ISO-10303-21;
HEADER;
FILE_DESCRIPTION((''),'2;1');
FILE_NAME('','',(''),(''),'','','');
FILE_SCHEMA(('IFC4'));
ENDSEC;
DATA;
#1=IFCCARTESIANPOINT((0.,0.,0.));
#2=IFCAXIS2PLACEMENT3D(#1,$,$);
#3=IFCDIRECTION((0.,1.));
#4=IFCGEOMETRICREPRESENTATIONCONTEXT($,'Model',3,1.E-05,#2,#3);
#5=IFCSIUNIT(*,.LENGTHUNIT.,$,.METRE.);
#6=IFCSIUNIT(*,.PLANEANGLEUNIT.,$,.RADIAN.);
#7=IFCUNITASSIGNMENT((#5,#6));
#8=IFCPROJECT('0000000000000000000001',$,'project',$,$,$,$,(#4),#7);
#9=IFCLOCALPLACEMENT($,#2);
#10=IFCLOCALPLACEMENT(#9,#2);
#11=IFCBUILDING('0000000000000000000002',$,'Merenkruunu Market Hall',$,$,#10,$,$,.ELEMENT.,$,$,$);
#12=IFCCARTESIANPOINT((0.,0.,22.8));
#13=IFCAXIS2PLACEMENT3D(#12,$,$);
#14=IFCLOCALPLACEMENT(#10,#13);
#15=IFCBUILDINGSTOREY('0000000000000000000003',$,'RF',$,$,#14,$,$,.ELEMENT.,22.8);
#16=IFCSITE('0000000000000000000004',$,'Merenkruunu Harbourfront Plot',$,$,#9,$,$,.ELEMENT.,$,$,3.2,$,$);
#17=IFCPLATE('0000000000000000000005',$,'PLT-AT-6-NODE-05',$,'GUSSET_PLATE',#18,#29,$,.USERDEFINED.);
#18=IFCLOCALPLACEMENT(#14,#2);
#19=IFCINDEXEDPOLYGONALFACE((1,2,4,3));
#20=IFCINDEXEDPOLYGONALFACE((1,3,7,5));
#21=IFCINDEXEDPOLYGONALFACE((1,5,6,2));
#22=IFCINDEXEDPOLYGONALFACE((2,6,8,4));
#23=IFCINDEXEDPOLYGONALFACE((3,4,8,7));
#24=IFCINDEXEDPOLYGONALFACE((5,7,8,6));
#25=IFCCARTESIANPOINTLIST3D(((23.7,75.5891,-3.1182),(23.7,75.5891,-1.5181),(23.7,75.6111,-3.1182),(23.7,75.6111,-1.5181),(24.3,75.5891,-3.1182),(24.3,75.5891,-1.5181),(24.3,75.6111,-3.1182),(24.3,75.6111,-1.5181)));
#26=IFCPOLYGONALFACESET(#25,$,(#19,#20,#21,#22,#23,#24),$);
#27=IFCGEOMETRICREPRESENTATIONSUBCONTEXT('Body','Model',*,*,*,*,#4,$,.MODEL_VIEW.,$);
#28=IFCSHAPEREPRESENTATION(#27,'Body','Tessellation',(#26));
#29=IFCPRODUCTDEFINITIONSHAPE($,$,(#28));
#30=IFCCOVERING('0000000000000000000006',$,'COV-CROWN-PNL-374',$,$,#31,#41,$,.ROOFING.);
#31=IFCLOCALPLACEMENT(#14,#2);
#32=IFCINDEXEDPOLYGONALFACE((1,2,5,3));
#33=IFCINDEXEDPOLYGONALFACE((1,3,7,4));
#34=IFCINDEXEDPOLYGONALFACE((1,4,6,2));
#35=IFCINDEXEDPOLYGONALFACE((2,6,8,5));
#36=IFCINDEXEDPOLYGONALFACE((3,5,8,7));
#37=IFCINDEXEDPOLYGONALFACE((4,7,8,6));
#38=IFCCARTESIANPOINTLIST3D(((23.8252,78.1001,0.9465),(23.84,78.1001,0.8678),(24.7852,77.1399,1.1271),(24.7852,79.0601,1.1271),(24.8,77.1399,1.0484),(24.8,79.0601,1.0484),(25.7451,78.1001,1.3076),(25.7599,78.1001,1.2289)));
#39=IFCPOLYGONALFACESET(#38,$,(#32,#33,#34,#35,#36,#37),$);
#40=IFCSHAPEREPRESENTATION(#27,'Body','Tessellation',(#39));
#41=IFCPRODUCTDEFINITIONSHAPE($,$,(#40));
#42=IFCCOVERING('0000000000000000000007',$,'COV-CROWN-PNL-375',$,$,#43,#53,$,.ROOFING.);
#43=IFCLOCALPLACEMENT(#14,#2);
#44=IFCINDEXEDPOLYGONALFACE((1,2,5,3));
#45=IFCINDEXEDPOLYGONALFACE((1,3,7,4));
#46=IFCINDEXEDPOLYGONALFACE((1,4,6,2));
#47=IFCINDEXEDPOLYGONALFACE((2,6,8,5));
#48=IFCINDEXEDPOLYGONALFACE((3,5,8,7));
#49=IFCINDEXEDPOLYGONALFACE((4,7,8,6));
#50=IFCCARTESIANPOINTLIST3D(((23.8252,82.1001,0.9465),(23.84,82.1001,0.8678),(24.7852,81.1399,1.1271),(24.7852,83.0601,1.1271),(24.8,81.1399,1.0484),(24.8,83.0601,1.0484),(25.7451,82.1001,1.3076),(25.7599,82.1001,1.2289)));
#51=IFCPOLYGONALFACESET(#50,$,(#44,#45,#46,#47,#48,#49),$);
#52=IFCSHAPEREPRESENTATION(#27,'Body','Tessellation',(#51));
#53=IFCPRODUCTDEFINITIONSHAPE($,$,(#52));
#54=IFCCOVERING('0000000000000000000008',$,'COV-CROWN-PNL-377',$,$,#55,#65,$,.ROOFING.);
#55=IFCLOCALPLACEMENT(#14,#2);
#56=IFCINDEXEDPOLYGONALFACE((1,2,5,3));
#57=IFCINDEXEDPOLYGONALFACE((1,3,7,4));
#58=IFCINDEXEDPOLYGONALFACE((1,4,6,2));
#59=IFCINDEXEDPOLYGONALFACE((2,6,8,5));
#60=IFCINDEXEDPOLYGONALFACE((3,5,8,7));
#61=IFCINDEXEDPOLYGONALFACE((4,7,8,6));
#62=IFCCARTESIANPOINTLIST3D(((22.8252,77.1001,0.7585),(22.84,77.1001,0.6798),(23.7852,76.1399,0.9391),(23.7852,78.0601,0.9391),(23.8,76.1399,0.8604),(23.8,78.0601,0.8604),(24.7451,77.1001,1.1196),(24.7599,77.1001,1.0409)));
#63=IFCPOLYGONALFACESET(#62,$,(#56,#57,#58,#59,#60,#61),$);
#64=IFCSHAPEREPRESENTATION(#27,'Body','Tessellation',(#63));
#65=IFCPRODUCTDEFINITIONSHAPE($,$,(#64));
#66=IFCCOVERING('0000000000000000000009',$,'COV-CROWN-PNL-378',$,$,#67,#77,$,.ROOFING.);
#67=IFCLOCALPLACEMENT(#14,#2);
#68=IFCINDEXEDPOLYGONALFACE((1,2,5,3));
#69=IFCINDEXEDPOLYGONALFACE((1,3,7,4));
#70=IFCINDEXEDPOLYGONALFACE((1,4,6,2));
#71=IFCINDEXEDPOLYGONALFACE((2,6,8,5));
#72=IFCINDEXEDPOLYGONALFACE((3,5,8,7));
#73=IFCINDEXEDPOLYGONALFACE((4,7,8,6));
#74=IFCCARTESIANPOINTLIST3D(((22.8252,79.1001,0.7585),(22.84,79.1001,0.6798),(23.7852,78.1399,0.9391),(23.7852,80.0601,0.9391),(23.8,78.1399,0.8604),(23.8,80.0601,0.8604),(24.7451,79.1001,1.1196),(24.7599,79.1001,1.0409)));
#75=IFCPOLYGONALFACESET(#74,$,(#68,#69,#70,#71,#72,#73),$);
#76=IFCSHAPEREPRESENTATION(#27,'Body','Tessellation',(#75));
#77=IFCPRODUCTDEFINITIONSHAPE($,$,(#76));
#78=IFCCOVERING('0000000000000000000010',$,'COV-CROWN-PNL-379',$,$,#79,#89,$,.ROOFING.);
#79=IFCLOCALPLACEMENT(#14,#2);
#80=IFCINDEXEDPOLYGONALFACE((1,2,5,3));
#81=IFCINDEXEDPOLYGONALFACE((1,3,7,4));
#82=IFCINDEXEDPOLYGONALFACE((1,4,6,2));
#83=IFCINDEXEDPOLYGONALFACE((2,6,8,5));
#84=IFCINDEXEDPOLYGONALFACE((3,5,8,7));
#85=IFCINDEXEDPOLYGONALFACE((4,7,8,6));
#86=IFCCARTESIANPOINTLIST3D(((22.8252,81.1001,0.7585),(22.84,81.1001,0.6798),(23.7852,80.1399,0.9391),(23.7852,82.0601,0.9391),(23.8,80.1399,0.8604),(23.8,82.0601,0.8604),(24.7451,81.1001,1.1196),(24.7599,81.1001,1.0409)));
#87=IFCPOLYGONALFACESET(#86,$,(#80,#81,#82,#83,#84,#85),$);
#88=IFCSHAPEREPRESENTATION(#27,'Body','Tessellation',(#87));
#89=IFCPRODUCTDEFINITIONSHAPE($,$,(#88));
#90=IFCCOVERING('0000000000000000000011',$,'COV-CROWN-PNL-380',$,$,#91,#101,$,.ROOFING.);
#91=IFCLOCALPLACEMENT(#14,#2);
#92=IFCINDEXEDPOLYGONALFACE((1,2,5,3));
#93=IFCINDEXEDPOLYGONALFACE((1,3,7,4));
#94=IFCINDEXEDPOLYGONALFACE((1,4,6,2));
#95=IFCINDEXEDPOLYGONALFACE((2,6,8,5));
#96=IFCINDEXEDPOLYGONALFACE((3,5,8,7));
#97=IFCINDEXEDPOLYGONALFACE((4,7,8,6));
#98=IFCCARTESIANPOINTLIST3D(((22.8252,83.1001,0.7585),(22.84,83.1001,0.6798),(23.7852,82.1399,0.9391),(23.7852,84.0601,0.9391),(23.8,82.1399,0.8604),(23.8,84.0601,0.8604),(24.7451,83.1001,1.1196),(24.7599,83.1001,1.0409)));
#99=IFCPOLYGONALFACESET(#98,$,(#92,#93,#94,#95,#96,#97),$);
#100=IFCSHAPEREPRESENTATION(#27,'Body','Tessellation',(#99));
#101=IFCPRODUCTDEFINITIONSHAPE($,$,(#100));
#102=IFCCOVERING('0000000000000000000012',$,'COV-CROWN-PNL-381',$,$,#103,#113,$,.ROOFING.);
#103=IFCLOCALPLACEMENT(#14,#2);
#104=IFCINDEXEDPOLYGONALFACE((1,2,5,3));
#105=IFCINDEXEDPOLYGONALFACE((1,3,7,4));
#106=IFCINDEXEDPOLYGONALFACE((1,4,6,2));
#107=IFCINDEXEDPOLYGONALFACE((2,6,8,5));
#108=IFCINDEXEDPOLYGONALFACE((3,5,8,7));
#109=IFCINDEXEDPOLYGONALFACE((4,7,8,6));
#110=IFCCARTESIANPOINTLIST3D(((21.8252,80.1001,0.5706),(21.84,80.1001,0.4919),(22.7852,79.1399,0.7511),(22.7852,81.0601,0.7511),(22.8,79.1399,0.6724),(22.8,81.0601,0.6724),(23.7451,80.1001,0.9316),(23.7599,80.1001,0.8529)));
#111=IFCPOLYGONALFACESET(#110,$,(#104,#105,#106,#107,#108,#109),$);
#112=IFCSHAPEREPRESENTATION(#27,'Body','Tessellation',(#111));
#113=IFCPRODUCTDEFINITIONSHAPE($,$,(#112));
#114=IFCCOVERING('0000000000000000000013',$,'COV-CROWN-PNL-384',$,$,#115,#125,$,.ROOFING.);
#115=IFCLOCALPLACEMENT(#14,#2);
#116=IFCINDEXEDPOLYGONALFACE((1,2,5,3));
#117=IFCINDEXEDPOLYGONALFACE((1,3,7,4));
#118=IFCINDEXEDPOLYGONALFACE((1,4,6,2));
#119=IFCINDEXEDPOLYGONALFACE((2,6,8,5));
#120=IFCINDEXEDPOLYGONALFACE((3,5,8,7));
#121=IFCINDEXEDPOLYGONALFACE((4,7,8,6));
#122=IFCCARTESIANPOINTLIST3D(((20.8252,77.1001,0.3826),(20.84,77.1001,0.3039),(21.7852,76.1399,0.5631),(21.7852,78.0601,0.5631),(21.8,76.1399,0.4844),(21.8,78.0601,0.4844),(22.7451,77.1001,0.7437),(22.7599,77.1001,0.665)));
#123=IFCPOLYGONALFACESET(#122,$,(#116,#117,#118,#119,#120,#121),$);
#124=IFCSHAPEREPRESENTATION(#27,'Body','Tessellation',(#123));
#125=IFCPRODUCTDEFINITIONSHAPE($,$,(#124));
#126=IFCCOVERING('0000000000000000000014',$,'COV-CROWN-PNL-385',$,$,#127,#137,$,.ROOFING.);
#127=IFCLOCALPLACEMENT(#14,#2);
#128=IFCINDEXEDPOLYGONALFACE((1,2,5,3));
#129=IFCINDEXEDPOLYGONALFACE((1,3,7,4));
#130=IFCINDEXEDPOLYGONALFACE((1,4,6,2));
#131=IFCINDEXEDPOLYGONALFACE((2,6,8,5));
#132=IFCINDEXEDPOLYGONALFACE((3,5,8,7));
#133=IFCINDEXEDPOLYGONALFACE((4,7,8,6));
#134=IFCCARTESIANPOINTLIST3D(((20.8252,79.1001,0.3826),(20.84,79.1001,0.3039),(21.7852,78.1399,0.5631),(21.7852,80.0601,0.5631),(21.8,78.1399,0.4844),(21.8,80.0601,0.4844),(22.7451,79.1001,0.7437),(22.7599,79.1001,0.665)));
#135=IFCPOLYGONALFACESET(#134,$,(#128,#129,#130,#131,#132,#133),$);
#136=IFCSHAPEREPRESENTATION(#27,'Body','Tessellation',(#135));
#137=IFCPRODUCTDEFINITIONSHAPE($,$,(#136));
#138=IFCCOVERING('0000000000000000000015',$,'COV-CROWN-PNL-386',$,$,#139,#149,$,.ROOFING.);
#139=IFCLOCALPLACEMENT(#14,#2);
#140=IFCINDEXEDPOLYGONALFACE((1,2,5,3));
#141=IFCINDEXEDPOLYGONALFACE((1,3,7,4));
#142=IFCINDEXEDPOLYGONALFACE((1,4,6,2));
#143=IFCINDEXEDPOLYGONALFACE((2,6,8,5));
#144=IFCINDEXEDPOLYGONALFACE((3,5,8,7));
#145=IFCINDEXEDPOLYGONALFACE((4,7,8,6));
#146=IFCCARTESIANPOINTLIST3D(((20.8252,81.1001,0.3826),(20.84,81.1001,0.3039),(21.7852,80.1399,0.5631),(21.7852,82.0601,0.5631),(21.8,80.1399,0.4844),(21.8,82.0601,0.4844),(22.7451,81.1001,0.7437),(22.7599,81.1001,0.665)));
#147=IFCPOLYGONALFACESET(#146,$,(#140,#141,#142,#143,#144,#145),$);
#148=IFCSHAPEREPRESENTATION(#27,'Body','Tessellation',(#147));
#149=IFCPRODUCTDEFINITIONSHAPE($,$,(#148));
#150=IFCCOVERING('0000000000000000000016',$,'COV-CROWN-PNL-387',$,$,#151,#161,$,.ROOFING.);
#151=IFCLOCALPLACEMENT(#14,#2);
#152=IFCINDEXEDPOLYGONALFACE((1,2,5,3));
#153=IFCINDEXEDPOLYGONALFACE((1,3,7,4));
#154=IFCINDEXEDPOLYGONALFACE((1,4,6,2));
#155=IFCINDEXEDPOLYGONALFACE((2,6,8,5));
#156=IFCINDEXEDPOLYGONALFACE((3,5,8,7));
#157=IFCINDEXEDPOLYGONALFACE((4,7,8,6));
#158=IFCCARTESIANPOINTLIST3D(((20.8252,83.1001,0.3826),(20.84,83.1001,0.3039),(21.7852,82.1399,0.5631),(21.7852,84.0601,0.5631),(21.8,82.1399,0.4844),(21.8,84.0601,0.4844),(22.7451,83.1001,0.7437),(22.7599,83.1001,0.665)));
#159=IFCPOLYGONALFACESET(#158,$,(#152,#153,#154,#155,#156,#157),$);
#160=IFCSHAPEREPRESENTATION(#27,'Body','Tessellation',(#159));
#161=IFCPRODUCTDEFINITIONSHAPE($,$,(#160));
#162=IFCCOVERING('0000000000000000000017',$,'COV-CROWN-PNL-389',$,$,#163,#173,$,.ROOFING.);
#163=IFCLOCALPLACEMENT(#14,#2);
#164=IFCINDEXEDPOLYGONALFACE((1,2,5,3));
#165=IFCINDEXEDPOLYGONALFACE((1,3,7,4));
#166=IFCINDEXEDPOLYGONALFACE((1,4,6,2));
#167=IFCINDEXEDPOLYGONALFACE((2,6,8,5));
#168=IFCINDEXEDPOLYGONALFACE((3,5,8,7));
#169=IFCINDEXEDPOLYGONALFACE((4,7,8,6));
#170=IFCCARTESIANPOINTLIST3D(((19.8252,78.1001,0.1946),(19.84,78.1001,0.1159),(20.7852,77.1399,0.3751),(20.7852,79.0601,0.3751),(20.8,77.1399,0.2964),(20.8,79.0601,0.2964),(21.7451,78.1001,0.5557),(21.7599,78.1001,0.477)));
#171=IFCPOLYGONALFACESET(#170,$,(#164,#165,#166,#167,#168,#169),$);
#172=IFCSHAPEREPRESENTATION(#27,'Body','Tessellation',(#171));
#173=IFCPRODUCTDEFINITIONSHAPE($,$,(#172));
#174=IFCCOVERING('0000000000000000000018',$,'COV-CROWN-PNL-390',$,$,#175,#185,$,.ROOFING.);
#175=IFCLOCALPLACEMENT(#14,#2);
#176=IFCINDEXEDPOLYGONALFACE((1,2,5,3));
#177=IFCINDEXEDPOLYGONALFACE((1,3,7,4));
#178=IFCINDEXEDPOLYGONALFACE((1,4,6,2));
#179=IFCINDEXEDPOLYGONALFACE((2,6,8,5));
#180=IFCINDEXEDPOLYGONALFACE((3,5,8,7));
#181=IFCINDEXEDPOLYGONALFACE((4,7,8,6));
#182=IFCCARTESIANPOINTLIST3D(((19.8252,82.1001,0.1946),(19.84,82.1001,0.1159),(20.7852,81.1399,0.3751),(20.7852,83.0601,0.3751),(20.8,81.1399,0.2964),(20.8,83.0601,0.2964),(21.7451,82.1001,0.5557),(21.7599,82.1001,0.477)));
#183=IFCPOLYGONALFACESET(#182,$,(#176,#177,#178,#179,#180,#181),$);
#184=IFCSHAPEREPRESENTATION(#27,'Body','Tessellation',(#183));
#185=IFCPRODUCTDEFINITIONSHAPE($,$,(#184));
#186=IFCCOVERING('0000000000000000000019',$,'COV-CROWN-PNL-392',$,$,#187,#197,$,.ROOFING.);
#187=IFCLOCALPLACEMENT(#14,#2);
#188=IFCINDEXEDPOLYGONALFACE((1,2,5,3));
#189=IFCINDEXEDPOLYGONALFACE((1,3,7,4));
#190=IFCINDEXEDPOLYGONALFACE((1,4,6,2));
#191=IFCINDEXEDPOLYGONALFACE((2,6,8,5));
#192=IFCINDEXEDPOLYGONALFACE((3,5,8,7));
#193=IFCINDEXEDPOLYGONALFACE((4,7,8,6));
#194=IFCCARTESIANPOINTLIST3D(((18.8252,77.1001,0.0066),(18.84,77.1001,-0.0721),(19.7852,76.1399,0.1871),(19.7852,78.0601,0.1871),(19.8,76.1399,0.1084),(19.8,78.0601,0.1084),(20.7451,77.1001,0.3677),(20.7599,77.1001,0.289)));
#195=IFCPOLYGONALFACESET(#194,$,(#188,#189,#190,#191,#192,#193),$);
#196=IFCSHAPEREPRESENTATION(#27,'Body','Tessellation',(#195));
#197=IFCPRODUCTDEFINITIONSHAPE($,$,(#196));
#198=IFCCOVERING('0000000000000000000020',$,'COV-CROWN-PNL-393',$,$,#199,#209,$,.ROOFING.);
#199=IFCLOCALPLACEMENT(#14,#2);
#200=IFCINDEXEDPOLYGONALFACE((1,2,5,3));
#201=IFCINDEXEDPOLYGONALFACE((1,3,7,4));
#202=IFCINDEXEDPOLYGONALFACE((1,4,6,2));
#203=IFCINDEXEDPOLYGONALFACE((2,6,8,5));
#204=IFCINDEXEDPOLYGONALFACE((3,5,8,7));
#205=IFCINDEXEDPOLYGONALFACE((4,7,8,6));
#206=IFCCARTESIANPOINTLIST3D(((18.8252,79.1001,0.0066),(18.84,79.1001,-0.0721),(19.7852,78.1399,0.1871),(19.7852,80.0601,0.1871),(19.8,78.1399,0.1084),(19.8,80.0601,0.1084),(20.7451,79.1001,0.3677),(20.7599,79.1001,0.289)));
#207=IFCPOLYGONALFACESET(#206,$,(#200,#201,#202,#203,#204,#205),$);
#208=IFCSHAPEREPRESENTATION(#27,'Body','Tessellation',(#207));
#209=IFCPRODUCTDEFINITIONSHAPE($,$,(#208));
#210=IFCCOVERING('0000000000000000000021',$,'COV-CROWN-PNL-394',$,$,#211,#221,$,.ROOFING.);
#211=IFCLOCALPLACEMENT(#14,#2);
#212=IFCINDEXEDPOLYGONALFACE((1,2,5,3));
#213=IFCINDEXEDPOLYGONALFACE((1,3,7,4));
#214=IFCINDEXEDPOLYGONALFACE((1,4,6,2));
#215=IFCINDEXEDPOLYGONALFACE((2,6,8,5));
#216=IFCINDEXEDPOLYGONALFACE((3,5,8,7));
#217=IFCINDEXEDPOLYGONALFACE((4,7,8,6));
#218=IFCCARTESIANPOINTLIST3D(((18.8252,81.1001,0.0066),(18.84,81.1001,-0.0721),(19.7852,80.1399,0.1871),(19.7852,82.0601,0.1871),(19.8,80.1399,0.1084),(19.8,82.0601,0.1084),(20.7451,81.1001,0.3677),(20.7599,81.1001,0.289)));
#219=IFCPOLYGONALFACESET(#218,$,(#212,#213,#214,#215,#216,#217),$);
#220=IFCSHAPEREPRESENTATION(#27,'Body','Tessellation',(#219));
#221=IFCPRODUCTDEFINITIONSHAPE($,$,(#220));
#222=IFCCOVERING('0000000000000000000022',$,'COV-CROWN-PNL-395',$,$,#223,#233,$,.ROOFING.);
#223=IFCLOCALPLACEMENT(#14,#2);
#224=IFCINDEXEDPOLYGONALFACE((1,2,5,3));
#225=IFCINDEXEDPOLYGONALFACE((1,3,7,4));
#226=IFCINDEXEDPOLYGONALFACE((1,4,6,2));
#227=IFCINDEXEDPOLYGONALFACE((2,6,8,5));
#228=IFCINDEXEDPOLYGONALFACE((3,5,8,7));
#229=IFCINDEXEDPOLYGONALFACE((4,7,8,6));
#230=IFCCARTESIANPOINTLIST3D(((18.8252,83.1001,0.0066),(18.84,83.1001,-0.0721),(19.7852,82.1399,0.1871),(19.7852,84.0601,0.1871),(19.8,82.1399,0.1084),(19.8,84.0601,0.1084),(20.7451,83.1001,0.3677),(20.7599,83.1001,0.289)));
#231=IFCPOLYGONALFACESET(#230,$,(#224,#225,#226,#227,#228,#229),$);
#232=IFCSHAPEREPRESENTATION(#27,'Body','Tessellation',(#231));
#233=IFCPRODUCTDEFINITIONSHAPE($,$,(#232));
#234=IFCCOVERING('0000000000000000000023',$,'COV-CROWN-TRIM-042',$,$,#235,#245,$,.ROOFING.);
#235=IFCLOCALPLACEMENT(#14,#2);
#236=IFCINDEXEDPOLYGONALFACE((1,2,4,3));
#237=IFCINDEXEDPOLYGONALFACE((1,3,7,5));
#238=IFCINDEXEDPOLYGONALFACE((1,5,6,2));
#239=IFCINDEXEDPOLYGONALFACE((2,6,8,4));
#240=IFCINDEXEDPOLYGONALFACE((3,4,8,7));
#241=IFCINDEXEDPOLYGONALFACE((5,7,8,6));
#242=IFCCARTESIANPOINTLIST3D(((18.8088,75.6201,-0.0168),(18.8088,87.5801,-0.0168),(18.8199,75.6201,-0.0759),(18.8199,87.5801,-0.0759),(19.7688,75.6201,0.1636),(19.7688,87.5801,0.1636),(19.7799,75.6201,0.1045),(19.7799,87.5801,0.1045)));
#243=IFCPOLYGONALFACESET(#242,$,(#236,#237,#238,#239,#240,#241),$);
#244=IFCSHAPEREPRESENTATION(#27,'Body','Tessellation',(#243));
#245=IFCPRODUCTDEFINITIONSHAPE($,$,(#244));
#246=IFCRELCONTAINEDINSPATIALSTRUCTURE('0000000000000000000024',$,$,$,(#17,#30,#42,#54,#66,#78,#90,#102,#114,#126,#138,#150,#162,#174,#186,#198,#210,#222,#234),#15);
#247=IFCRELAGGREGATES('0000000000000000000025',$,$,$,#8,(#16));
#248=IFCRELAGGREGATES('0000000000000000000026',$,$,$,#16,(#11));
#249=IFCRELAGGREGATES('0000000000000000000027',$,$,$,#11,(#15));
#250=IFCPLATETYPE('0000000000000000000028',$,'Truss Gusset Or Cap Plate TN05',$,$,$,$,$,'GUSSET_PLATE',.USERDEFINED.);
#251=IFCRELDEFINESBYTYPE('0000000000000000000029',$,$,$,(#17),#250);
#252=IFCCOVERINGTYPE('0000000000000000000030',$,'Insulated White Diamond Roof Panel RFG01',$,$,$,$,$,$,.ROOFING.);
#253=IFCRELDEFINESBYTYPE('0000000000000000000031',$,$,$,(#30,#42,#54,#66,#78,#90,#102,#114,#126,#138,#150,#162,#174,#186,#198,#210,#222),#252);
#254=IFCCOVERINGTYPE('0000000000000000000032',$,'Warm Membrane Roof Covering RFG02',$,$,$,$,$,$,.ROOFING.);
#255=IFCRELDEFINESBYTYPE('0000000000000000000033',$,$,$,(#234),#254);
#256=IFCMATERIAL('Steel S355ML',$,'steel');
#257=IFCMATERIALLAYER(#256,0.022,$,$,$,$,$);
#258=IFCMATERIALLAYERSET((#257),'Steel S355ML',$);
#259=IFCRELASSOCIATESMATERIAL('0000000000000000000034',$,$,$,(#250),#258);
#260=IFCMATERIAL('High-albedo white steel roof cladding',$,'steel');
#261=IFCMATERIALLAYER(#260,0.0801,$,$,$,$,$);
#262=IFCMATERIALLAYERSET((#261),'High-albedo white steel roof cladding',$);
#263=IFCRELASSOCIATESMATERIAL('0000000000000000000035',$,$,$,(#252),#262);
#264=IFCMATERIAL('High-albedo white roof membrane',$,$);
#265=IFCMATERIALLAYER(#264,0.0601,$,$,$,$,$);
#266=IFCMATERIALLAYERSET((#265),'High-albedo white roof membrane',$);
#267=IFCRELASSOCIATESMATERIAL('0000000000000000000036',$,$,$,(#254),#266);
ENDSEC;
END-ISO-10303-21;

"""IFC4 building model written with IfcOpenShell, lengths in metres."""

from ifc_helpers import new_model, si_unit, direction, frame, origin, origin_2d, place, context, subcontext, project, spatial, polyline, rectangle, outline, extrude, material, layer, layer_set, type_object, element, save


model = new_model("IFC4")

# Units and contexts
model_context = context("Model", 3, precision=1e-05, world=origin(), true_north=direction((0.0, 1.0)))
body_context = subcontext(model_context, "Body", "Model", "MODEL_VIEW")
ifc_project = project(units=[si_unit("LENGTHUNIT", "METRE"), si_unit("PLANEANGLEUNIT", "RADIAN")], contexts=[model_context])

# Site, building, storey
site_placement = place(None, origin())
site = spatial("IfcSite", under=ifc_project, at=site_placement, Name="Merenkruunu Harbourfront Plot", CompositionType="ELEMENT", RefElevation=3.2)
building_placement = place(site_placement, origin())
building = spatial("IfcBuilding", under=site, at=building_placement, Name="Merenkruunu Market Hall", CompositionType="ELEMENT")
storey_placement = place(building_placement, frame((0.0, 0.0, 22.8)))
storey = spatial("IfcBuildingStorey", under=building, at=storey_placement, Name="RF", CompositionType="ELEMENT", Elevation=22.8)

# Shared definitions
ifc_material_1 = material(Name="Steel S355ML", Category="steel")

# Plate
ifc_layer_1 = layer(ifc_material_1, 0.022)
ifc_layer_set_1 = layer_set([ifc_layer_1], Name="Steel S355ML")
plate_type_1 = type_object("IfcPlateType", Name="Truss Gusset Or Cap Plate TN05", ElementType="GUSSET_PLATE", PredefinedType="USERDEFINED", material=ifc_layer_set_1)
plate_1_placement = place(storey_placement, frame((24.0, 75.6001, -3.1182), z_axis=(0.0, 0.0, 1.0), x_axis=(1.0, 0.0, 0.0)))
element("IfcPlate", 1, at=plate_1_placement, inside=storey, type_object=plate_type_1, Name="PLT-AT-6-NODE-05", ObjectType="GUSSET_PLATE", PredefinedType="USERDEFINED", context=body_context, shape_type="SweptSolid", body=[
    extrude(rectangle(XDim=0.6001, YDim=0.022, at=origin_2d()), origin(), (0.0, 0.0, 1.0), 1.6001),
])

# Coverings
ifc_material_2 = material(Name="High-albedo white steel roof cladding", Category="steel")
ifc_layer_2 = layer(ifc_material_2, 0.0801)
ifc_layer_set_2 = layer_set([ifc_layer_2], Name="High-albedo white steel roof cladding")
covering_type_1 = type_object("IfcCoveringType", Name="Insulated White Diamond Roof Panel RFG01", PredefinedType="ROOFING", material=ifc_layer_set_2)
for number, where, z_axis, x_axis, name in (
    (2, (23.8252, 78.1001, 0.9465), (-0.184832, 0.0, 0.98277), (0.700856, -0.701018, 0.131812), "COV-CROWN-PNL-374"),
    (3, (23.8252, 82.1001, 0.9465), (-0.184832, 0.0, 0.98277), (0.700856, -0.701018, 0.131812), "COV-CROWN-PNL-375"),
    (4, (22.8252, 77.1001, 0.7585), (-0.184832, 0.0, 0.98277), (0.700856, -0.701018, 0.131812), "COV-CROWN-PNL-377"),
    (5, (22.8252, 79.1001, 0.7585), (-0.184832, 0.0, 0.98277), (0.700856, -0.701018, 0.131812), "COV-CROWN-PNL-378"),
    (6, (22.8252, 81.1001, 0.7585), (-0.184832, 0.0, 0.98277), (0.700856, -0.701018, 0.131812), "COV-CROWN-PNL-379"),
    (7, (22.8252, 83.1001, 0.7585), (-0.184832, 0.0, 0.98277), (0.700856, -0.701018, 0.131812), "COV-CROWN-PNL-380"),
    (8, (21.8252, 80.1001, 0.5706), (-0.184832, 0.0, 0.98277), (0.700856, -0.701018, 0.131812), "COV-CROWN-PNL-381"),
    (9, (20.8252, 77.1001, 0.3826), (-0.184832, 0.0, 0.98277), (0.700856, -0.701018, 0.131812), "COV-CROWN-PNL-384"),
    (10, (20.8252, 79.1001, 0.3826), (-0.184832, 0.0, 0.98277), (0.700856, -0.701018, 0.131812), "COV-CROWN-PNL-385"),
    (11, (20.8252, 81.1001, 0.3826), (-0.184832, 0.0, 0.98277), (0.700856, -0.701018, 0.131812), "COV-CROWN-PNL-386"),
    (12, (20.8252, 83.1001, 0.3826), (-0.184832, 0.0, 0.98277), (0.700856, -0.701018, 0.131812), "COV-CROWN-PNL-387"),
    (13, (19.8252, 78.1001, 0.1946), (-0.184832, 0.0, 0.98277), (0.700856, -0.701018, 0.131812), "COV-CROWN-PNL-389"),
    (14, (19.8252, 82.1001, 0.1946), (-0.184832, 0.0, 0.98277), (0.700856, -0.701018, 0.131812), "COV-CROWN-PNL-390"),
    (15, (18.8252, 77.1001, 0.0066), (-0.184832, 0.0, 0.98277), (0.700856, -0.701018, 0.131812), "COV-CROWN-PNL-392"),
    (16, (18.8252, 79.1001, 0.0066), (-0.184832, 0.0, 0.98277), (0.700856, -0.701018, 0.131812), "COV-CROWN-PNL-393"),
    (17, (18.8252, 81.1001, 0.0066), (-0.184832, 0.0, 0.98277), (0.700856, -0.701018, 0.131812), "COV-CROWN-PNL-394"),
    (18, (18.8252, 83.1001, 0.0066), (-0.184832, 0.0, 0.98277), (0.700856, -0.701018, 0.131812), "COV-CROWN-PNL-395"),
):
    element("IfcCovering", number, at=place(storey_placement, frame(where, z_axis=z_axis, x_axis=x_axis)), inside=storey, type_object=covering_type_1, Name=name, PredefinedType="ROOFING", context=body_context, shape_type="SweptSolid", body=[
        extrude(outline(polyline([(0.0, 0.0), (1.3697, 0.0), (1.3932, 1.3695), (0.0237, 1.3694), (0.0, 0.0)])), origin(), (0.0, 0.0, -1.0), 0.0801),
    ])
ifc_material_3 = material(Name="High-albedo white roof membrane")
ifc_layer_3 = layer(ifc_material_3, 0.0601)
ifc_layer_set_3 = layer_set([ifc_layer_3], Name="High-albedo white roof membrane")
covering_type_2 = type_object("IfcCoveringType", Name="Warm Membrane Roof Covering RFG02", PredefinedType="ROOFING", material=ifc_layer_set_3)
covering_1_placement = place(storey_placement, frame((18.8088, 75.6201, -0.0168), z_axis=(-0.184711, 0.0, 0.982793), x_axis=(0.982793, 0.0, 0.184711)))
element("IfcCovering", 19, at=covering_1_placement, inside=storey, type_object=covering_type_2, Name="COV-CROWN-TRIM-042", PredefinedType="ROOFING", context=body_context, shape_type="SweptSolid", body=[
    extrude(outline(polyline([(0.0, 0.0), (0.9768, 0.0), (0.9768, 11.96), (0.0, 11.96), (0.0, 0.0)])), origin(), (0.0, 0.0, -1.0), 0.0601),
])

save(model, "model.ifc")
